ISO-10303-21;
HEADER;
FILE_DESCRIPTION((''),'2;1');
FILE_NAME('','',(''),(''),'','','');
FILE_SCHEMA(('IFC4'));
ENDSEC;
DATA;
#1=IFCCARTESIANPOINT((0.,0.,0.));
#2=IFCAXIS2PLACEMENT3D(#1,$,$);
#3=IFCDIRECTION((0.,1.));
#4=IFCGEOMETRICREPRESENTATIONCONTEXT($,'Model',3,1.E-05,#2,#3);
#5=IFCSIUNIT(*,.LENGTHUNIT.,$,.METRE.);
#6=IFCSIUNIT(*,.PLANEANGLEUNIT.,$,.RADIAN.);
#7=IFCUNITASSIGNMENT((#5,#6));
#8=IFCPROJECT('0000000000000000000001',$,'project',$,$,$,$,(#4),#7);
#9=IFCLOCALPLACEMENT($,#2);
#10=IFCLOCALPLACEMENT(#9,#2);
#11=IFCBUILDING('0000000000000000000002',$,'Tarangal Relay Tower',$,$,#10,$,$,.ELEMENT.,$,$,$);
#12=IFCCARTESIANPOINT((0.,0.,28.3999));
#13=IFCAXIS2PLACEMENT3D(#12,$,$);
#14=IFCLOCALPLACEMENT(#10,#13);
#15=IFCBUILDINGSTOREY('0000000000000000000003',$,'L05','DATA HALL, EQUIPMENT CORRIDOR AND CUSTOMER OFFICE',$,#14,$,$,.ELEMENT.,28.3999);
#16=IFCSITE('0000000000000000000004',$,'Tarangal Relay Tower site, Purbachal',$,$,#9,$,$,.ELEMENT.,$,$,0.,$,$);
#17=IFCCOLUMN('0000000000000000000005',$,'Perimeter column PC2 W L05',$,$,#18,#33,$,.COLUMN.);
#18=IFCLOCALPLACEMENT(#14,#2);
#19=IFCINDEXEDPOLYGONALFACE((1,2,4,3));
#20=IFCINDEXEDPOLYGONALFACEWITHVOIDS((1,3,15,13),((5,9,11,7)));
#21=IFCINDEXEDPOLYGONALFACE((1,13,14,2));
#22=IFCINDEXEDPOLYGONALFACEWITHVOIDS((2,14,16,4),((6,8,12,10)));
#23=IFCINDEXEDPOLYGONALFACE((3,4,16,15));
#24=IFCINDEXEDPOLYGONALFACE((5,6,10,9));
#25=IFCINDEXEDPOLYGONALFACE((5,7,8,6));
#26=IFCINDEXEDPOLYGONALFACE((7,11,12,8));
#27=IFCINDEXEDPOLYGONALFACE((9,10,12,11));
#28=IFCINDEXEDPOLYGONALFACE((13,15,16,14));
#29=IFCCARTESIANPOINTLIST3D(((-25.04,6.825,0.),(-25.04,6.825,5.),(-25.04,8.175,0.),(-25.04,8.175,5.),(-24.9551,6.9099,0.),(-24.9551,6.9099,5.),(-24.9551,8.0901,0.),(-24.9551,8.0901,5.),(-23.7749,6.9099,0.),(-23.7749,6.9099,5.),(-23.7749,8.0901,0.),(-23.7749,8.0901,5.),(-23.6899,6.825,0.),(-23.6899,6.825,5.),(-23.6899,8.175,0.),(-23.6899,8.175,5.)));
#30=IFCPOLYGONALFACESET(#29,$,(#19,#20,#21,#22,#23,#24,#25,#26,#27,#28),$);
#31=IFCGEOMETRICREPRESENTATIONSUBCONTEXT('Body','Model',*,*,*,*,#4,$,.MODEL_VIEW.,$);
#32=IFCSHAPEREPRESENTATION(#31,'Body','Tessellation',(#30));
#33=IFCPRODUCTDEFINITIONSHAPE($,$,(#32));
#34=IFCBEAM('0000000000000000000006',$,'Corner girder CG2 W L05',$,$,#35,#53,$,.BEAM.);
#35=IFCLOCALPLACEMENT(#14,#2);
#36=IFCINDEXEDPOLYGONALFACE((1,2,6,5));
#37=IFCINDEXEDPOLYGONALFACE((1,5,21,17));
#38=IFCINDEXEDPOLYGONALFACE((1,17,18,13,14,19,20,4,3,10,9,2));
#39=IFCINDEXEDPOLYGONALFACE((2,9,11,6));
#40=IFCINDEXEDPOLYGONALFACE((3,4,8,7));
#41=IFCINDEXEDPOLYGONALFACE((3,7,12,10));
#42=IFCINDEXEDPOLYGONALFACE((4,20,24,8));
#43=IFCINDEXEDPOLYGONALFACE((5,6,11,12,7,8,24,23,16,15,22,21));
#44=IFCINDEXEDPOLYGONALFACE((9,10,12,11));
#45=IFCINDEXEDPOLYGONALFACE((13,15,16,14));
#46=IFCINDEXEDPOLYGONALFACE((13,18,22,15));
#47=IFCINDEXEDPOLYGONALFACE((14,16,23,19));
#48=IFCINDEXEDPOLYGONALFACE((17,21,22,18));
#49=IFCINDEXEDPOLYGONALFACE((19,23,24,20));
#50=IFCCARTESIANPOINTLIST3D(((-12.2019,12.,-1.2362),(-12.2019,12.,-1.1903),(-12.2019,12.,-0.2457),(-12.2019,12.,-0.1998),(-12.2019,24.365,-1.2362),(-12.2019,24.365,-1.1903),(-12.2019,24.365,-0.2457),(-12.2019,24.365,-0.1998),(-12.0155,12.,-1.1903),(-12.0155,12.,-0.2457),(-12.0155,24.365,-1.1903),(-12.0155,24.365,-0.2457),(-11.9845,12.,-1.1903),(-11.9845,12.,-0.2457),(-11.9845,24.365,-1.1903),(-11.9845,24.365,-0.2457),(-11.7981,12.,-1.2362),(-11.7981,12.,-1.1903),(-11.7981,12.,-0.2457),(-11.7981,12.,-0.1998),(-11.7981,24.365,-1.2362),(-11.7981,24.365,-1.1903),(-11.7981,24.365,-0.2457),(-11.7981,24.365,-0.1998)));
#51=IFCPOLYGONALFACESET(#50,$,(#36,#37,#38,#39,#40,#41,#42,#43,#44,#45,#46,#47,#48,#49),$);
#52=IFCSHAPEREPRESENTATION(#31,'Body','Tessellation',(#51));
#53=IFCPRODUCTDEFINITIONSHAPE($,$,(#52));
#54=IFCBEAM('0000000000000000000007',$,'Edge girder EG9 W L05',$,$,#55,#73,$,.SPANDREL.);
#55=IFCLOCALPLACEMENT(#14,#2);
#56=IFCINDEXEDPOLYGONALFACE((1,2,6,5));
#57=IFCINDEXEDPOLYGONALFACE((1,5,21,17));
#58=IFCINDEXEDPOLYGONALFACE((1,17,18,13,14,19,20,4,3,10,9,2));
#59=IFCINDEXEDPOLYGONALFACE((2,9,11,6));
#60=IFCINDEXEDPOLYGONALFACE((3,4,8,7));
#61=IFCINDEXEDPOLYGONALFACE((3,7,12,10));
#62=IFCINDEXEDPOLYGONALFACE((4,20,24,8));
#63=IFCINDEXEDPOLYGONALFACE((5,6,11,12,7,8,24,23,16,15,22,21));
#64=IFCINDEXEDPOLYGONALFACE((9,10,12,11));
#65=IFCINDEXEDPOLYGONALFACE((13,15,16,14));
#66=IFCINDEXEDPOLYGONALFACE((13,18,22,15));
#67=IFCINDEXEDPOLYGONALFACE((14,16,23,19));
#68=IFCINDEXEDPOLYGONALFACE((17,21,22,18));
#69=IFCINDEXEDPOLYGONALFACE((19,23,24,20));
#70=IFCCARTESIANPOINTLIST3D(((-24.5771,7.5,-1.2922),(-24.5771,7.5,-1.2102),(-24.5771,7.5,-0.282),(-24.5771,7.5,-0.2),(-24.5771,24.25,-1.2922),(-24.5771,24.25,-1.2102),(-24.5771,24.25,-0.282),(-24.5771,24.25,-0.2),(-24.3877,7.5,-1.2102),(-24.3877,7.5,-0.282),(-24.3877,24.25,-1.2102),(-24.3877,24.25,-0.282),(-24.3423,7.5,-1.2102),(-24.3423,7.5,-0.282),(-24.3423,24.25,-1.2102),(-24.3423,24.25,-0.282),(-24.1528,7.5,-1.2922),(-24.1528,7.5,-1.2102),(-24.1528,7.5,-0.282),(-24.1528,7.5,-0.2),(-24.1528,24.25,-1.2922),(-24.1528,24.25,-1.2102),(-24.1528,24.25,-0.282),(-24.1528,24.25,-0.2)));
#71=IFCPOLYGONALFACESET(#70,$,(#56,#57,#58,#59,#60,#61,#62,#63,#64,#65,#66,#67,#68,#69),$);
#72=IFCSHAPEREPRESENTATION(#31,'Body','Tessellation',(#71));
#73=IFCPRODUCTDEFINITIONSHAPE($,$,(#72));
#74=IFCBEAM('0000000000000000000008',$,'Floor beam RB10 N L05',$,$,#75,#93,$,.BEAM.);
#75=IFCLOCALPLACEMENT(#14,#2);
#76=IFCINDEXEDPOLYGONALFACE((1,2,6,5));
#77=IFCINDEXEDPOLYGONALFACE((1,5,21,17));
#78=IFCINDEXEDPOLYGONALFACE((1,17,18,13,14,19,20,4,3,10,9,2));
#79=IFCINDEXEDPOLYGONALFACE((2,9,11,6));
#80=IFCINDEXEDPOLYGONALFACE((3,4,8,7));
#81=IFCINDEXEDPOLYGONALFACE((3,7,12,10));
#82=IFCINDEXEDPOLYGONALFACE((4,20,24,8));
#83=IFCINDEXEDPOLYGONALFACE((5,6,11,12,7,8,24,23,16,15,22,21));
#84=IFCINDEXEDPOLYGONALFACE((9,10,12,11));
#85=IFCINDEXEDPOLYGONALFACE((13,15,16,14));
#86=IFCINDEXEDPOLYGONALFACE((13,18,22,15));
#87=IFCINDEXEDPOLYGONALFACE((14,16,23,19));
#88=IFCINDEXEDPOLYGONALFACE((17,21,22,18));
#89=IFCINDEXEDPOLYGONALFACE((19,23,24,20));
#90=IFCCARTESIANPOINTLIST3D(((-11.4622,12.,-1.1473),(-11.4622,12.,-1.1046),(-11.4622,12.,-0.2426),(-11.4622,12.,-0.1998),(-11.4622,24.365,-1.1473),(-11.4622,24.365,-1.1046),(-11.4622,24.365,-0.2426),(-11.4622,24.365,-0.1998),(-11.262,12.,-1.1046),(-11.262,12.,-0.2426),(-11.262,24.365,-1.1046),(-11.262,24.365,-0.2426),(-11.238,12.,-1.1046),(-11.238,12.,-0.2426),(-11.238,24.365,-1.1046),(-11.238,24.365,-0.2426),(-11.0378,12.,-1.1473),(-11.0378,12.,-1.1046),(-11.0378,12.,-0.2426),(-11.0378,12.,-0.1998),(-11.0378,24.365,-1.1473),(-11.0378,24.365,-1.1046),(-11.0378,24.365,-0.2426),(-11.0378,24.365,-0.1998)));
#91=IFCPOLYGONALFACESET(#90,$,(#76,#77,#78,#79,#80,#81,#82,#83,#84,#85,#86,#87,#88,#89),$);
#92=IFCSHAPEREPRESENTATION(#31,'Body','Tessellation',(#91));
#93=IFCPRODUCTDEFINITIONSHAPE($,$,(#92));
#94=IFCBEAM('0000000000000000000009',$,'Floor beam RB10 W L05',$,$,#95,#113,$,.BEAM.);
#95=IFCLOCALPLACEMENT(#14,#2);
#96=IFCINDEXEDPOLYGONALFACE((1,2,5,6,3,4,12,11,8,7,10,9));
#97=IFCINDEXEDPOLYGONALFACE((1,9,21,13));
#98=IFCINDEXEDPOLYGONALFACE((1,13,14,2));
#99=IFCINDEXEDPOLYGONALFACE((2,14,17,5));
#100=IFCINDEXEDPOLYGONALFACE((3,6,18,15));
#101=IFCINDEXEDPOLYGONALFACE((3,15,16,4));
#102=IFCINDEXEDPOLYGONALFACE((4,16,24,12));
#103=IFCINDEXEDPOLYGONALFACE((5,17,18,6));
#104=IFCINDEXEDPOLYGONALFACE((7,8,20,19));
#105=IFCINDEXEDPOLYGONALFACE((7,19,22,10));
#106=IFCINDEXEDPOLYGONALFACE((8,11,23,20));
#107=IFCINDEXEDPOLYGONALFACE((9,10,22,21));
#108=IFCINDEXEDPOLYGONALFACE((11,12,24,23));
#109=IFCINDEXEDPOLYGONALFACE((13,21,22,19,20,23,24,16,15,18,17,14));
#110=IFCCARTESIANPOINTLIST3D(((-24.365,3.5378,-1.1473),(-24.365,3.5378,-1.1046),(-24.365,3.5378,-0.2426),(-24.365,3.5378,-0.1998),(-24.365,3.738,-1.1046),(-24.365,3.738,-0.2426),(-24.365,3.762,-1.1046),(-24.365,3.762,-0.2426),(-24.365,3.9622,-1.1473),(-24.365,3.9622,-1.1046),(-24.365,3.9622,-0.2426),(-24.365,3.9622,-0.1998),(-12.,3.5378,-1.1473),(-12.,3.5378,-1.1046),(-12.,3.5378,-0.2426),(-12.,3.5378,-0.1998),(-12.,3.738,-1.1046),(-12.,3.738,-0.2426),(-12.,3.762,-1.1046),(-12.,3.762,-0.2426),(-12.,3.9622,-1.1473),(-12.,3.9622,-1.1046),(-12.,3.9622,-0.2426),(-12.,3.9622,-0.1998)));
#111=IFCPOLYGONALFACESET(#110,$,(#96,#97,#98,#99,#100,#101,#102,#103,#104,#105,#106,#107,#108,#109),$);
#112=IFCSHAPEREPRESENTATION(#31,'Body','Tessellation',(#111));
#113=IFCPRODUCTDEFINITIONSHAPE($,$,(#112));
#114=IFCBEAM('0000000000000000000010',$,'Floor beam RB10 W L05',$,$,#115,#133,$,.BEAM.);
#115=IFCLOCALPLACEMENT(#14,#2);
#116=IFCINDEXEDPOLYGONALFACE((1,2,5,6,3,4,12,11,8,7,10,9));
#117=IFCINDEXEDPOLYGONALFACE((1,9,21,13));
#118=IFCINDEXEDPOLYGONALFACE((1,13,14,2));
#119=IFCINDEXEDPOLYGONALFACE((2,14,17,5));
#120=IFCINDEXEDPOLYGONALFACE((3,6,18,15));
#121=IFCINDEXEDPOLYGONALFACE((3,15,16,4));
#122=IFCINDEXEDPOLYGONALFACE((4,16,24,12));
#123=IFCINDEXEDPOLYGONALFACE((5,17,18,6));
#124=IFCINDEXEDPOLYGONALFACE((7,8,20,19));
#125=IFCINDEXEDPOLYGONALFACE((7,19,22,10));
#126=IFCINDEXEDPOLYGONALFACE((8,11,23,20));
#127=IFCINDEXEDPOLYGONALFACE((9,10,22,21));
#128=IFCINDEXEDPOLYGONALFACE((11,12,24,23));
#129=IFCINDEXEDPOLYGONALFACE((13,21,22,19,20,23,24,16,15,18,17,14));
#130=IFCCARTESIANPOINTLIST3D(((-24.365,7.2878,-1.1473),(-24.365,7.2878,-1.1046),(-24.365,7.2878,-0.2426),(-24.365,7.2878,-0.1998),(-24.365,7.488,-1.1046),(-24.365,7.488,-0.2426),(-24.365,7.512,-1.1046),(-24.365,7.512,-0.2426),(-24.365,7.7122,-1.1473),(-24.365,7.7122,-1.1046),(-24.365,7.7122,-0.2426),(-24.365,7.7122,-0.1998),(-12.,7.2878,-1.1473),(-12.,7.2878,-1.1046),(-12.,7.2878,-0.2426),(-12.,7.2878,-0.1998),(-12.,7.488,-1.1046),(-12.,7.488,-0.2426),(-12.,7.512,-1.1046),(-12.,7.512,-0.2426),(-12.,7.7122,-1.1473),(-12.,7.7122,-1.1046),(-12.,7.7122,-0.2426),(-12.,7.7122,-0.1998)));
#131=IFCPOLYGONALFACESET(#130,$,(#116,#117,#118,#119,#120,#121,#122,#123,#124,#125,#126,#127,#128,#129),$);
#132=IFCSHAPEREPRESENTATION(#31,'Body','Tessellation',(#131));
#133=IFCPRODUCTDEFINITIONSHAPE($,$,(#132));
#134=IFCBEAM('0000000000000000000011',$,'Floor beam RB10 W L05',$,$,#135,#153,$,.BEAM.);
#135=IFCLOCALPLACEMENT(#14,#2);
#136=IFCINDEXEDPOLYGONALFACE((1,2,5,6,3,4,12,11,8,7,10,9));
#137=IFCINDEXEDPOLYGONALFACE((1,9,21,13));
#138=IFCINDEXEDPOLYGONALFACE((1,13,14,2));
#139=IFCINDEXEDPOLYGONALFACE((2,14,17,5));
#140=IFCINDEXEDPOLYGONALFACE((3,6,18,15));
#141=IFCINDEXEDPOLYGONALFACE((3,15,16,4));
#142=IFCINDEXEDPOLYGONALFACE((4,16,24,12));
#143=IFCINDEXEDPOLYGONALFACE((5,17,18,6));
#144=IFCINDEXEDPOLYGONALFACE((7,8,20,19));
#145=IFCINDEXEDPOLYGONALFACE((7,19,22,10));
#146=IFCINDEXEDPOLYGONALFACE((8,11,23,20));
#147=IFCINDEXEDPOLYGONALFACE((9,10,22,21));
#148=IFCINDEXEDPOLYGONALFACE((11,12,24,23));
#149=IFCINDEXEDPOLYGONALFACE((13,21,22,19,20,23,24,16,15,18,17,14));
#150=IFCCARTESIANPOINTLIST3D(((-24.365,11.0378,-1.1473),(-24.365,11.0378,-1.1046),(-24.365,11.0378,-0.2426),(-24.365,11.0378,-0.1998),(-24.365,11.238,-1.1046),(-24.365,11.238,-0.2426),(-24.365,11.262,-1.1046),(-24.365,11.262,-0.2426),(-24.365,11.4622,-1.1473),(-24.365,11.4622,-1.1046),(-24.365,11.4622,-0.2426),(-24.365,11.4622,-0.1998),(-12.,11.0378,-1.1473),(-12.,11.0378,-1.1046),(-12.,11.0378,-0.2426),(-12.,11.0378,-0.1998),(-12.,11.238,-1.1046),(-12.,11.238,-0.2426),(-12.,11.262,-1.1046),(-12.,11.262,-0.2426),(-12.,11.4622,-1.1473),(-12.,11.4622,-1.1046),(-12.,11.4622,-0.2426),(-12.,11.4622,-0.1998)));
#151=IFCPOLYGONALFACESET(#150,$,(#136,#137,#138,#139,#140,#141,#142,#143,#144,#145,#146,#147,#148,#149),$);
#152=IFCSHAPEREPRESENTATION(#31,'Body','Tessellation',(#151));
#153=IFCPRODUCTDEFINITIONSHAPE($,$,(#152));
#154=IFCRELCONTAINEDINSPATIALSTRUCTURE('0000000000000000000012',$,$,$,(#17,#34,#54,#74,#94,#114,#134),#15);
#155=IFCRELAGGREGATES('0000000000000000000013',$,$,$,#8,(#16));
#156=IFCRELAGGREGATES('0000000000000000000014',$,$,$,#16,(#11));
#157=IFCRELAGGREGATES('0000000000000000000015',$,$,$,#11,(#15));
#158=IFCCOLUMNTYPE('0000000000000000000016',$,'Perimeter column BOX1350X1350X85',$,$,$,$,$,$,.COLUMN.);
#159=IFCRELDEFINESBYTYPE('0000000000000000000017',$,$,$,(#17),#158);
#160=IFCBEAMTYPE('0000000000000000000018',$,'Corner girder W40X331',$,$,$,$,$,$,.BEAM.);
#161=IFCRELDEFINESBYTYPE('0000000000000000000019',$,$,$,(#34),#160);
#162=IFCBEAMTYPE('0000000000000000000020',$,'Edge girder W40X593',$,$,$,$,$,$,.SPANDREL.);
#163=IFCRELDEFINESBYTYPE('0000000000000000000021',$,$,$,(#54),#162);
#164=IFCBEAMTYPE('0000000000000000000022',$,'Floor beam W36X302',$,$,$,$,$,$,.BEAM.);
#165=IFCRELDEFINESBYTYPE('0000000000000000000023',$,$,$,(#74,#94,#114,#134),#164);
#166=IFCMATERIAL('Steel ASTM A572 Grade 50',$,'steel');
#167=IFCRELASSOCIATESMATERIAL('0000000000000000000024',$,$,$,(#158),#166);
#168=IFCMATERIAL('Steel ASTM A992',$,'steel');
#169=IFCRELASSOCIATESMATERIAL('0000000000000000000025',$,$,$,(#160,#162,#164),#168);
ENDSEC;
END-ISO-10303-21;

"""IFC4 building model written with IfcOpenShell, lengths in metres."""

from ifc_helpers import new_model, si_unit, direction, frame, origin, origin_2d, place, context, subcontext, project, spatial, hollow_rectangle, i_section, extrude, material, material_profile, profile_set, type_object, element, save


model = new_model("IFC4")

# Units and contexts
model_context = context("Model", 3, precision=1e-05, world=origin(), true_north=direction((0.0, 1.0)))
body_context = subcontext(model_context, "Body", "Model", "MODEL_VIEW")
ifc_project = project(units=[si_unit("LENGTHUNIT", "METRE"), si_unit("PLANEANGLEUNIT", "RADIAN")], contexts=[model_context])

# Site, building, storey
site_placement = place(None, origin())
site = spatial("IfcSite", under=ifc_project, at=site_placement, Name="Tarangal Relay Tower site, Purbachal", CompositionType="ELEMENT", RefElevation=0.0)
building_placement = place(site_placement, origin())
building = spatial("IfcBuilding", under=site, at=building_placement, Name="Tarangal Relay Tower", CompositionType="ELEMENT")
storey_placement = place(building_placement, frame((0.0, 0.0, 28.3999)))
storey = spatial("IfcBuildingStorey", under=building, at=storey_placement, Name="L05", Description="DATA HALL, EQUIPMENT CORRIDOR AND CUSTOMER OFFICE", CompositionType="ELEMENT", Elevation=28.3999)

# Column
ifc_material_1 = material(Name="Steel ASTM A572 Grade 50", Category="steel")
ifc_material_profile_1 = material_profile(ifc_material_1, hollow_rectangle(XDim=1.3501, YDim=1.3501, WallThickness=0.085, at=origin_2d()), Name="BOX1350X1350X85")
ifc_profile_set_1 = profile_set([ifc_material_profile_1], Name="Steel ASTM A572 Grade 50")
column_type = type_object("IfcColumnType", Name="Perimeter column BOX1350X1350X85", PredefinedType="COLUMN", material=ifc_profile_set_1)
column_placement = place(storey_placement, frame((-24.365, 7.5, 0.0), z_axis=(0.0, 0.0, 1.0), x_axis=(1.0, 0.0, 0.0)))
element("IfcColumn", 1, at=column_placement, inside=storey, type_object=column_type, Name="Perimeter column PC2 W L05", PredefinedType="COLUMN", context=body_context, shape_type="SweptSolid", body=[
    extrude(hollow_rectangle(XDim=1.3501, YDim=1.3501, WallThickness=0.085, at=origin_2d()), origin(), (0.0, 0.0, 1.0), 5.0),
])

# Beams
ifc_material_2 = material(Name="Steel ASTM A992", Category="steel")
ifc_material_profile_2 = material_profile(ifc_material_2, i_section(OverallWidth=0.4038, OverallDepth=1.0364, WebThickness=0.031, FlangeThickness=0.0459, at=origin_2d()), Name="W40X331")
ifc_profile_set_2 = profile_set([ifc_material_profile_2], Name="Steel ASTM A992")
beam_type_1 = type_object("IfcBeamType", Name="Corner girder W40X331", PredefinedType="BEAM", material=ifc_profile_set_2)
beam_1_placement = place(storey_placement, frame((-12.0, 12.0, -0.718), z_axis=(0.0, 1.0, 0.0), x_axis=(-1.0, 0.0, 0.0)))
element("IfcBeam", 2, at=beam_1_placement, inside=storey, type_object=beam_type_1, Name="Corner girder CG2 W L05", PredefinedType="BEAM", context=body_context, shape_type="SweptSolid", body=[
    extrude(i_section(OverallWidth=0.4038, OverallDepth=1.0364, WebThickness=0.031, FlangeThickness=0.0459, at=origin_2d()), origin(), (0.0, 0.0, 1.0), 12.365),
])
ifc_material_profile_3 = material_profile(ifc_material_2, i_section(OverallWidth=0.4243, OverallDepth=1.0923, WebThickness=0.0454, FlangeThickness=0.082, at=origin_2d()), Name="W40X593")
ifc_profile_set_3 = profile_set([ifc_material_profile_3], Name="Steel ASTM A992")
beam_type_2 = type_object("IfcBeamType", Name="Edge girder W40X593", PredefinedType="SPANDREL", material=ifc_profile_set_3)
beam_2_placement = place(storey_placement, frame((-24.365, 7.5, -0.7461), z_axis=(0.0, 1.0, 0.0), x_axis=(-1.0, 0.0, 0.0)))
element("IfcBeam", 3, at=beam_2_placement, inside=storey, type_object=beam_type_2, Name="Edge girder EG9 W L05", PredefinedType="SPANDREL", context=body_context, shape_type="SweptSolid", body=[
    extrude(i_section(OverallWidth=0.4243, OverallDepth=1.0923, WebThickness=0.0454, FlangeThickness=0.082, at=origin_2d()), origin(), (0.0, 0.0, 1.0), 16.75),
])
ifc_material_profile_4 = material_profile(ifc_material_2, i_section(OverallWidth=0.4243, OverallDepth=0.9475, WebThickness=0.0239, FlangeThickness=0.0427, at=origin_2d()), Name="W36X302")
ifc_profile_set_4 = profile_set([ifc_material_profile_4], Name="Steel ASTM A992")
beam_type_3 = type_object("IfcBeamType", Name="Floor beam W36X302", PredefinedType="BEAM", material=ifc_profile_set_4)
for number, where, z_axis, x_axis, name in (
    (4, (-11.25, 12.0, -0.6736), (0.0, 1.0, 0.0), (-1.0, 0.0, 0.0), "Floor beam RB10 N L05"),
    (5, (-12.0, 3.75, -0.6736), (-1.0, 0.0, 0.0), (0.0, -1.0, 0.0), "Floor beam RB10 W L05"),
    (6, (-12.0, 7.5, -0.6736), (-1.0, 0.0, 0.0), (0.0, -1.0, 0.0), "Floor beam RB10 W L05"),
    (7, (-12.0, 11.25, -0.6736), (-1.0, 0.0, 0.0), (0.0, -1.0, 0.0), "Floor beam RB10 W L05"),
):
    element("IfcBeam", number, at=place(storey_placement, frame(where, z_axis=z_axis, x_axis=x_axis)), inside=storey, type_object=beam_type_3, Name=name, PredefinedType="BEAM", context=body_context, shape_type="SweptSolid", body=[
        extrude(i_section(OverallWidth=0.4243, OverallDepth=0.9475, WebThickness=0.0239, FlangeThickness=0.0427, at=origin_2d()), origin(), (0.0, 0.0, 1.0), 12.365),
    ])

save(model, "model.ifc")
